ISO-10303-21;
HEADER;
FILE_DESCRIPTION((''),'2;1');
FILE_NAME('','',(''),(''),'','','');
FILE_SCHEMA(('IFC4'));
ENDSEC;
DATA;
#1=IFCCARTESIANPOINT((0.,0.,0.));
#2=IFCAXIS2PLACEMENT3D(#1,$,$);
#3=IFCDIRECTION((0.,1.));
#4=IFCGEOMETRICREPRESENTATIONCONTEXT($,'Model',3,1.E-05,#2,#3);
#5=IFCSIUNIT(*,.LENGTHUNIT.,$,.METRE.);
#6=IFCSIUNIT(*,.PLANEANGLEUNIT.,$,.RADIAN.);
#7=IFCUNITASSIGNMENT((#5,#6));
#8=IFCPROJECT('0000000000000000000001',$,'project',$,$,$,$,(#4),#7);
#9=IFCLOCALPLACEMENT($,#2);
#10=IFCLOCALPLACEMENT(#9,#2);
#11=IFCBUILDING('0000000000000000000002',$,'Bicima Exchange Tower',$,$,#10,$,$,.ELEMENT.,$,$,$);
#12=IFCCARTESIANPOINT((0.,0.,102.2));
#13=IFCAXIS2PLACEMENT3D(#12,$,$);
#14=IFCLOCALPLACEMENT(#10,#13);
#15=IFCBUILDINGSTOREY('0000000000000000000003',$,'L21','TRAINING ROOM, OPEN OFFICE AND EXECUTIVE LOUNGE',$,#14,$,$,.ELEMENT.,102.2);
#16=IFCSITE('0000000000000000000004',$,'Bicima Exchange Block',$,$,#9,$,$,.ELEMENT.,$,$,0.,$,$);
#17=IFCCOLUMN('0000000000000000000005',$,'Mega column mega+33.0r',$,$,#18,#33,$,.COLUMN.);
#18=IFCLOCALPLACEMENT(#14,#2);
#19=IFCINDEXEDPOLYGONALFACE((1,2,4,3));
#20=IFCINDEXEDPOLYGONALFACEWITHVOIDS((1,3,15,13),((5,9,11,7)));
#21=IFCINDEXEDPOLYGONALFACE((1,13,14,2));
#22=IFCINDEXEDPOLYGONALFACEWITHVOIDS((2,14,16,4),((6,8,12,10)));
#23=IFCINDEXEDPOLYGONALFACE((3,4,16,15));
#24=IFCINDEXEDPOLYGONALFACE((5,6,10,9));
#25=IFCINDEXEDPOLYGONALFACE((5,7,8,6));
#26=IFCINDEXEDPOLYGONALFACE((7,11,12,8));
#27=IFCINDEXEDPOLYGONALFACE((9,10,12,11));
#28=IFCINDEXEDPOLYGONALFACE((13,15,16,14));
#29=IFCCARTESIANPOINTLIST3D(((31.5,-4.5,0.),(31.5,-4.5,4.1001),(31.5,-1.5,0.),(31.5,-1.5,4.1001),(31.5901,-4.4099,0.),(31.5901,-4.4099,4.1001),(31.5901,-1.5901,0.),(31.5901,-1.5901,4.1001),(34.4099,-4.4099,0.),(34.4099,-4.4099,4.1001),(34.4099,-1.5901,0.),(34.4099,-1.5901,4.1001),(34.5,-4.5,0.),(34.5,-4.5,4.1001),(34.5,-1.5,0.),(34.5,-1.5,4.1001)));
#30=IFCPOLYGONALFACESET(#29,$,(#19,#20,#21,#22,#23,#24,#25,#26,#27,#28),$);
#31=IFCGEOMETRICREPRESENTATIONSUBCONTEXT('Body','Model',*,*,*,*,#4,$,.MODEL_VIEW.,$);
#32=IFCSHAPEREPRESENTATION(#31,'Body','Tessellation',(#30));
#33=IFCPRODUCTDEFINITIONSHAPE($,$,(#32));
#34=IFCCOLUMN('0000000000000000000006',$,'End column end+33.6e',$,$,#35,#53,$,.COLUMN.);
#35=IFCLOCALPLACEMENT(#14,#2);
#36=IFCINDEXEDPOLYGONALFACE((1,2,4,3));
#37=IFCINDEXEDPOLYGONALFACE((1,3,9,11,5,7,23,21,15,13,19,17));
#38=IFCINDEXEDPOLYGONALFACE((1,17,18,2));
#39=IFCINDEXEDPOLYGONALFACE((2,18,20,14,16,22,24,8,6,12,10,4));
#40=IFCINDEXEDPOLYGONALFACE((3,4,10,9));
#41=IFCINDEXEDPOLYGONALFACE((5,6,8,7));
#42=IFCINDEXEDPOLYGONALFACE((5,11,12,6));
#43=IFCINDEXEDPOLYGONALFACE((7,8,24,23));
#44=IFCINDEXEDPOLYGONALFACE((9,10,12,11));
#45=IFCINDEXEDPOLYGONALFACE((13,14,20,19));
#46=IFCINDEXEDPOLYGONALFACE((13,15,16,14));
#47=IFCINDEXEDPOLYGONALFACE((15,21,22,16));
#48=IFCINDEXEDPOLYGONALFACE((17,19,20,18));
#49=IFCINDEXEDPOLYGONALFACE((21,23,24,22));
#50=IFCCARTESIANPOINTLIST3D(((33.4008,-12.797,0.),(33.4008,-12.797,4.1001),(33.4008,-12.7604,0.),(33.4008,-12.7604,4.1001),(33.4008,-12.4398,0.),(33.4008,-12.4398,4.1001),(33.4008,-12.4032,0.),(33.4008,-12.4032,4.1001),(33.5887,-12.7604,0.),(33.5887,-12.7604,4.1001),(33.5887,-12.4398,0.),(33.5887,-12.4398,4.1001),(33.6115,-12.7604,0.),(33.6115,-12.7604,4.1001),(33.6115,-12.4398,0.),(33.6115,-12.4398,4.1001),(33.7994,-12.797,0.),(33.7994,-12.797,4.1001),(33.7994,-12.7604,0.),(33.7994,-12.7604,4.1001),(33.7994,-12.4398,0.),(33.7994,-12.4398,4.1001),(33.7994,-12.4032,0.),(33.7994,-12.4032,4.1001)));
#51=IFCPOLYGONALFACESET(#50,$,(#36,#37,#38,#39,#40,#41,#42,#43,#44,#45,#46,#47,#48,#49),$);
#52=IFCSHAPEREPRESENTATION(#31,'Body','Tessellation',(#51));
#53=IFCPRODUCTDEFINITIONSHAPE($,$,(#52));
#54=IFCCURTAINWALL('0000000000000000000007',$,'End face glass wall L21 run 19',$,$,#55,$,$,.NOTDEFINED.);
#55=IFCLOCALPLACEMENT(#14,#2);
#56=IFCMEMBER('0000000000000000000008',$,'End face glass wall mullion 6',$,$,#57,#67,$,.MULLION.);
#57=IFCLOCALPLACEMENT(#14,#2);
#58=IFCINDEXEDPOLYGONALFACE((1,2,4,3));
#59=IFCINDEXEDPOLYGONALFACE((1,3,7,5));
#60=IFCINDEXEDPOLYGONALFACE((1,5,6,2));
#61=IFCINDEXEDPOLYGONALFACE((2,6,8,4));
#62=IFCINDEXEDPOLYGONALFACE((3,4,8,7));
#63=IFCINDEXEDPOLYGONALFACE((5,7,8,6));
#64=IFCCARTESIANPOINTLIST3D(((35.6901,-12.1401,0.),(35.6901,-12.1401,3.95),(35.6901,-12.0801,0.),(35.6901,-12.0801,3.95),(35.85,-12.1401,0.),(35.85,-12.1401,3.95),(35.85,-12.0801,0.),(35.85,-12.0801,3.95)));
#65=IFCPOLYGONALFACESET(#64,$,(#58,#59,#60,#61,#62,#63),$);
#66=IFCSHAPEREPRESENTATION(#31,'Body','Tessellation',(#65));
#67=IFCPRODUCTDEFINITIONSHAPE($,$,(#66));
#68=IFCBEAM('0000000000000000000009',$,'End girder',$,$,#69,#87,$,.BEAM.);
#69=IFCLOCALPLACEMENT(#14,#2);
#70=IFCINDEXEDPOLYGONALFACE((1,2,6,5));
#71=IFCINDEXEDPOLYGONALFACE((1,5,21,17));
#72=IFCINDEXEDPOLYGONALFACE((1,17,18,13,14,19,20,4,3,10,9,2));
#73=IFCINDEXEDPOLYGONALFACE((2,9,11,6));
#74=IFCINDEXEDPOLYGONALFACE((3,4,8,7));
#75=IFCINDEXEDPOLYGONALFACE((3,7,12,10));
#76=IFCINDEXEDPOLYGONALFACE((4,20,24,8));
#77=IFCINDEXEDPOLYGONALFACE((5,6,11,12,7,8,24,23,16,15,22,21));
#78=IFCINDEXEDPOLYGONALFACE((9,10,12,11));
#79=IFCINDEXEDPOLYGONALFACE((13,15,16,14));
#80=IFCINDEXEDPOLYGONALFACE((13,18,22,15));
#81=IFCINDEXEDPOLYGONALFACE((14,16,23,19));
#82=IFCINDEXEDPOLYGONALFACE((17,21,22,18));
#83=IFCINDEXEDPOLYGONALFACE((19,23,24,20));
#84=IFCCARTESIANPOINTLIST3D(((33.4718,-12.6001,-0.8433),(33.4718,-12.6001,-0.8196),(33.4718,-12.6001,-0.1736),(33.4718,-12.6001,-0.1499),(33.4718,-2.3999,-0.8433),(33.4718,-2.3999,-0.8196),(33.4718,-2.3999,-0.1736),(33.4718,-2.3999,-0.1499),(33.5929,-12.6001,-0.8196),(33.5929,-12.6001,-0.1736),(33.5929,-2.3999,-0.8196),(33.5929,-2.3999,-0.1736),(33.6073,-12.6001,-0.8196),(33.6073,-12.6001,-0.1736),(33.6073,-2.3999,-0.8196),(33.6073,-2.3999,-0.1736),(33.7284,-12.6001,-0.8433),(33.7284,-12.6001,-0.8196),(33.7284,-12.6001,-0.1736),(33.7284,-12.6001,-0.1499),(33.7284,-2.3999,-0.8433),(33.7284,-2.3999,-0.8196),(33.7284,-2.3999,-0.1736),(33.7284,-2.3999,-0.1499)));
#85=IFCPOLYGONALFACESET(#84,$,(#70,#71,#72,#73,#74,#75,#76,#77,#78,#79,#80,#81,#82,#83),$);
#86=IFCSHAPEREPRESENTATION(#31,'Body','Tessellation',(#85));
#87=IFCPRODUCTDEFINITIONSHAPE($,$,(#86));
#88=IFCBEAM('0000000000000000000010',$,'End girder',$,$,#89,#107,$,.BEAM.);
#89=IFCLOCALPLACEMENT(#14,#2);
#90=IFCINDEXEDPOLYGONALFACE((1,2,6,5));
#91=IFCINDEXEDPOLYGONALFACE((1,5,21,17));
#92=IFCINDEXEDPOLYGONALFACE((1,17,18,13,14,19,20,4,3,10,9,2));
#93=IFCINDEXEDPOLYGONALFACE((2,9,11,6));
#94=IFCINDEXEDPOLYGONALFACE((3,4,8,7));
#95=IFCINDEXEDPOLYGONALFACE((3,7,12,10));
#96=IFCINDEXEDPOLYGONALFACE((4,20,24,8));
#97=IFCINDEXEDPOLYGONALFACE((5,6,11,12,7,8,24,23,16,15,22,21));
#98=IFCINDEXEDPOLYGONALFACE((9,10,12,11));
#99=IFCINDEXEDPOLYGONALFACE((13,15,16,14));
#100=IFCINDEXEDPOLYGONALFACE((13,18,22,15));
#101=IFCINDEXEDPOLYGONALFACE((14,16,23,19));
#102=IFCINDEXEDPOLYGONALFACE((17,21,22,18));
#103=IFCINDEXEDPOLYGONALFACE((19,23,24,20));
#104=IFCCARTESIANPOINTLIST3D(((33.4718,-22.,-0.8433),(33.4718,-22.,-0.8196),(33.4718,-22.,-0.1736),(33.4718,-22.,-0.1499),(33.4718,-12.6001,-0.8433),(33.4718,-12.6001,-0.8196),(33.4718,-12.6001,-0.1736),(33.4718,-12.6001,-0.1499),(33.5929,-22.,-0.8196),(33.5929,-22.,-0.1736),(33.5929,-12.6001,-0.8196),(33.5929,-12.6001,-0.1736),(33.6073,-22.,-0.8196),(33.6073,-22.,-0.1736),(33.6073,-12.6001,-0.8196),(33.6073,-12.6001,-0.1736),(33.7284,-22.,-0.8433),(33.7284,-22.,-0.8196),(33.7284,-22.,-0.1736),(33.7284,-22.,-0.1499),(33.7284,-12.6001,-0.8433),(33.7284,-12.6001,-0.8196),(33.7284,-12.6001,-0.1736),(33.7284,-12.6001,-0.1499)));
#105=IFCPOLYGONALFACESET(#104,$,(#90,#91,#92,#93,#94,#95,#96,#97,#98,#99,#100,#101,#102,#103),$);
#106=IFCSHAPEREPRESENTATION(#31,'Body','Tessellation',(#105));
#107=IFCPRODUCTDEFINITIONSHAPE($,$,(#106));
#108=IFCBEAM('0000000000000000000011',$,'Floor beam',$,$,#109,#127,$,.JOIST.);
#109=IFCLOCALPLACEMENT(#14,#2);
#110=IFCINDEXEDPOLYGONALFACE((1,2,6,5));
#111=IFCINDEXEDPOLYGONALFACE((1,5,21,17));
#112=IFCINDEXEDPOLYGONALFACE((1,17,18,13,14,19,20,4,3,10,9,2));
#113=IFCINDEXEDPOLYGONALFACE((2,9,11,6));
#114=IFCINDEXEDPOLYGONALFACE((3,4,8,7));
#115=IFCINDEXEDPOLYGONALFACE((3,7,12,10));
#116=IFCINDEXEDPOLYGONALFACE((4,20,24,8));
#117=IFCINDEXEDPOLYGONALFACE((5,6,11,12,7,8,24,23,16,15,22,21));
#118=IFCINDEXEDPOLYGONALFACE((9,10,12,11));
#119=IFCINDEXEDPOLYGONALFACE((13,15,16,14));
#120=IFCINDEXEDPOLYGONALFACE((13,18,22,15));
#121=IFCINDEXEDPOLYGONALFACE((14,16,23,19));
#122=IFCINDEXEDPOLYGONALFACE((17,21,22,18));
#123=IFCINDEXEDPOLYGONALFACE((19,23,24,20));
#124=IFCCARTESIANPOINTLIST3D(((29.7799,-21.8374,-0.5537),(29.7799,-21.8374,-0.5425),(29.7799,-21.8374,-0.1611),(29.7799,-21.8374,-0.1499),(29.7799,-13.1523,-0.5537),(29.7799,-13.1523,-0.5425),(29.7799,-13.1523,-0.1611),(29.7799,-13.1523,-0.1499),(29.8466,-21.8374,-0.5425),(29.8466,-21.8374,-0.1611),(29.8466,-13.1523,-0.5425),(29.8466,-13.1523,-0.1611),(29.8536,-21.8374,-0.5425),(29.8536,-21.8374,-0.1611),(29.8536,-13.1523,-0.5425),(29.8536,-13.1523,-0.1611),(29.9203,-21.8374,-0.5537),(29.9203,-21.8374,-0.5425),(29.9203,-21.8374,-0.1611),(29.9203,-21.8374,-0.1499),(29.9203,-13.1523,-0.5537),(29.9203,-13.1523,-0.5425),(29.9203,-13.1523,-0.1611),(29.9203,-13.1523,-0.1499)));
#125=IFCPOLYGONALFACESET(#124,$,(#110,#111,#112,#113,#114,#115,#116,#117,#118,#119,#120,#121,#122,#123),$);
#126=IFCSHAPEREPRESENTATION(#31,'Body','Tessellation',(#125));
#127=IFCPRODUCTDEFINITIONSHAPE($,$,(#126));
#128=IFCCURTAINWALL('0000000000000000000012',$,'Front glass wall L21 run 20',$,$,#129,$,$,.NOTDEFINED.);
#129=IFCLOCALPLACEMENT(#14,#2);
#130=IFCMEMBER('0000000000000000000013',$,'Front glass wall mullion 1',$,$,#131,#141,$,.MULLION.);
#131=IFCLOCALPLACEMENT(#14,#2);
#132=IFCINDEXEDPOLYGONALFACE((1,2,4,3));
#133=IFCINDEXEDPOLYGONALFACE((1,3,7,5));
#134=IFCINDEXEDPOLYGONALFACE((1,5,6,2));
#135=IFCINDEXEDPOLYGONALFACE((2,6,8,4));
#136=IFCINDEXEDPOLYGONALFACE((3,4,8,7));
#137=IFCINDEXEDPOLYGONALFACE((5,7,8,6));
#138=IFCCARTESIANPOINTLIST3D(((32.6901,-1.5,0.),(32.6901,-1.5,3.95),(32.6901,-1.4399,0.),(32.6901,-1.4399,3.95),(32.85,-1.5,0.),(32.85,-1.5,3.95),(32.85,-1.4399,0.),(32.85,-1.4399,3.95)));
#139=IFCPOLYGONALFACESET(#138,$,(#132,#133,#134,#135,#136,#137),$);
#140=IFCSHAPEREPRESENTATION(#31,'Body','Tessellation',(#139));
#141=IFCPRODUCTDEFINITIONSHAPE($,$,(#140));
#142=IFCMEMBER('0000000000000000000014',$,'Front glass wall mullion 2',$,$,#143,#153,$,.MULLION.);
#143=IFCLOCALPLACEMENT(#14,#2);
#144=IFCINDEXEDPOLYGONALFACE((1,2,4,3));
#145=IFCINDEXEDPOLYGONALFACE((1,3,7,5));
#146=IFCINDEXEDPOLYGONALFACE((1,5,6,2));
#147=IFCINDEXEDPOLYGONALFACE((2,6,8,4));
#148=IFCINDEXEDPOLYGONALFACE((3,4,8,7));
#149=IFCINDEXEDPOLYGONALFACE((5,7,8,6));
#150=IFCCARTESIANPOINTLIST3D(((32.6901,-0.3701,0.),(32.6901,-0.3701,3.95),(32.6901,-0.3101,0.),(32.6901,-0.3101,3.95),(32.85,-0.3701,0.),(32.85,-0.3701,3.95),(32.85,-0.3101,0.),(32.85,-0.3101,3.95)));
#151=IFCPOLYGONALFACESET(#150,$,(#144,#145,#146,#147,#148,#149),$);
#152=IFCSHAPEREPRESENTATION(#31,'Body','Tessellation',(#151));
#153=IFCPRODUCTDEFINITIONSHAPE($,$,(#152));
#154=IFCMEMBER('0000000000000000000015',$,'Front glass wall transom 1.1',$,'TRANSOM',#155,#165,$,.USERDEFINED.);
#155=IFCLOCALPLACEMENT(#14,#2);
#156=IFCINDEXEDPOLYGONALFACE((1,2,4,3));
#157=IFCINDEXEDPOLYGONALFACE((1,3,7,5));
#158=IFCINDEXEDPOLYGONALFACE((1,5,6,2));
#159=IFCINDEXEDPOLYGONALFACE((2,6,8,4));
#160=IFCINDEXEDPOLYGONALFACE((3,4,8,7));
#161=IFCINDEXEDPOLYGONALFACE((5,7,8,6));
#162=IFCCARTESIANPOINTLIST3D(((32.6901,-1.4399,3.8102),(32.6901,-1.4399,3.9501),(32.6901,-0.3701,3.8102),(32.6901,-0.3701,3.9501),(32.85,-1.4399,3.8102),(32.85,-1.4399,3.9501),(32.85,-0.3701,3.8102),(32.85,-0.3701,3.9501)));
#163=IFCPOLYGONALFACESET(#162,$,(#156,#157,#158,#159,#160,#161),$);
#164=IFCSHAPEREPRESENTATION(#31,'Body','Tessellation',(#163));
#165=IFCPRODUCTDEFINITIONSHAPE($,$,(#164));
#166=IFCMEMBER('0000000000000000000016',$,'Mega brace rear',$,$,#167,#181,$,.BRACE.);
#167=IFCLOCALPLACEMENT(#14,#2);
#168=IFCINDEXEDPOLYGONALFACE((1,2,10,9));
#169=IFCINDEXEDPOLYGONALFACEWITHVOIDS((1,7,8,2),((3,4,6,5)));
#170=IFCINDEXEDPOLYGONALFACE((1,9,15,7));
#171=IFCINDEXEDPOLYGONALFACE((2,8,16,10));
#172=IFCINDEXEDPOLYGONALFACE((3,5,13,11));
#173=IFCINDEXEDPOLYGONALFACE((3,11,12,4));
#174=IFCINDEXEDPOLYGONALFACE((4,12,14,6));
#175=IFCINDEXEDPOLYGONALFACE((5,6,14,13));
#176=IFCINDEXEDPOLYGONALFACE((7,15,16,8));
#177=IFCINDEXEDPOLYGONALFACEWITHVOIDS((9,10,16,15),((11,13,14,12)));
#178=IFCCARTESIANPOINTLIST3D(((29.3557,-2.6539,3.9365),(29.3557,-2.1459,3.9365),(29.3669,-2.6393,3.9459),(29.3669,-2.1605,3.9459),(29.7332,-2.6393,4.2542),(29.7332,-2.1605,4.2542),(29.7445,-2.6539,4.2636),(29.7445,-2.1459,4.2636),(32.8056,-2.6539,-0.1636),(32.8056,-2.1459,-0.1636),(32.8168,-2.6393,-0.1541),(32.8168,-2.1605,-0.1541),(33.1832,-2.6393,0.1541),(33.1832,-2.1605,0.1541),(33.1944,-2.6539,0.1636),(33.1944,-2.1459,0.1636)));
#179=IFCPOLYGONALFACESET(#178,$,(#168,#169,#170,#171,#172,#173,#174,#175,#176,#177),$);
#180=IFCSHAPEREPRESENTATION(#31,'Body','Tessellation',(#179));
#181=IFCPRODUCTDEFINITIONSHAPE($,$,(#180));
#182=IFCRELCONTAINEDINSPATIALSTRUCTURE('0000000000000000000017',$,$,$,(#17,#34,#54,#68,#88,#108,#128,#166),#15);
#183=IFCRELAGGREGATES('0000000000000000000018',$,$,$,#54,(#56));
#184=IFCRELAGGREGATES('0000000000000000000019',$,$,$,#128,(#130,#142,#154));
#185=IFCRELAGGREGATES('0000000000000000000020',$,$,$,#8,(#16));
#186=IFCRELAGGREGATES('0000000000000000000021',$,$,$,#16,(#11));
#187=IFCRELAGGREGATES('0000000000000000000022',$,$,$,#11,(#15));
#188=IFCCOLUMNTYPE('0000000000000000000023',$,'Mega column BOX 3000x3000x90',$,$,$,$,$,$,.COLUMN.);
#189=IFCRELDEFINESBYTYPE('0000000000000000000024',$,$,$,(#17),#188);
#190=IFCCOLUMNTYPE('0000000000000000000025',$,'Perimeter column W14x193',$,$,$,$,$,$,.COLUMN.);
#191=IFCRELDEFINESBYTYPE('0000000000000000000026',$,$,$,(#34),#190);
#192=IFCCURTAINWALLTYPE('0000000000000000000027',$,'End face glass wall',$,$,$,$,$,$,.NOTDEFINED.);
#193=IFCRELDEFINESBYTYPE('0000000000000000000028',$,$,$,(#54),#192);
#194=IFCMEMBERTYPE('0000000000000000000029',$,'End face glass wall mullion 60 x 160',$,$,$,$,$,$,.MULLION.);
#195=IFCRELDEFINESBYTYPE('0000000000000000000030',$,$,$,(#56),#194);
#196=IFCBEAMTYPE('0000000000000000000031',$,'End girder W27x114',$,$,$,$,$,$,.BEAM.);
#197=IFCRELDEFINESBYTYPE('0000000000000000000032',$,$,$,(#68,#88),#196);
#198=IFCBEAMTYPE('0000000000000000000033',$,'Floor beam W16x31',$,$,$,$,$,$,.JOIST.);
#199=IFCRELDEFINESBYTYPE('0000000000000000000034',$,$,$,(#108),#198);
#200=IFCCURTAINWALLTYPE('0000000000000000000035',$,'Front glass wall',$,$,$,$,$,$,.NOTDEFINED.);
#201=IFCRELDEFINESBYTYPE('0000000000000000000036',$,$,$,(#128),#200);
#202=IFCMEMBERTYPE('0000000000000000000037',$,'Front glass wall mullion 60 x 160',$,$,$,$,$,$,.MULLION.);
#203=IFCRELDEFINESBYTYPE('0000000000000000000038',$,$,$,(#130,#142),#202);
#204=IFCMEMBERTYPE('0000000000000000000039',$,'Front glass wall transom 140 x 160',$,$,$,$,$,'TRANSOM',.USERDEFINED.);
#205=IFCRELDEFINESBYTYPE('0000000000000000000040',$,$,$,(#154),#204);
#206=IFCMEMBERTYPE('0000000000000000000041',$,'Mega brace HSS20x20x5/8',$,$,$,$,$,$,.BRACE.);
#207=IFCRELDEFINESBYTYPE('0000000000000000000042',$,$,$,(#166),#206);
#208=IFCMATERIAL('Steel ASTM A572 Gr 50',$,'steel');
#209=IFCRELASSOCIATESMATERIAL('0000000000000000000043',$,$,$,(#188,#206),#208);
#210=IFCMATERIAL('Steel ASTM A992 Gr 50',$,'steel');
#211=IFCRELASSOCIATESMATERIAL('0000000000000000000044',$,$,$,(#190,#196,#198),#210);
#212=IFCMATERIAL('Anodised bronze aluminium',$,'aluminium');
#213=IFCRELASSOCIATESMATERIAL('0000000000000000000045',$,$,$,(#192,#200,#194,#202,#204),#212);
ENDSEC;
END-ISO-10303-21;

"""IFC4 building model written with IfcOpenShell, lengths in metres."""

from ifc_helpers import new_model, si_unit, direction, frame, origin, origin_2d, place, context, subcontext, project, spatial, rectangle, hollow_rectangle, i_section, extrude, material, material_profile, profile_set, type_object, element, aggregate, save


model = new_model("IFC4")

# Units and contexts
model_context = context("Model", 3, precision=1e-05, world=origin(), true_north=direction((0.0, 1.0)))
body_context = subcontext(model_context, "Body", "Model", "MODEL_VIEW")
ifc_project = project(units=[si_unit("LENGTHUNIT", "METRE"), si_unit("PLANEANGLEUNIT", "RADIAN")], contexts=[model_context])

# Site, building, storey
site_placement = place(None, origin())
site = spatial("IfcSite", under=ifc_project, at=site_placement, Name="Bicima Exchange Block", CompositionType="ELEMENT", RefElevation=0.0)
building_placement = place(site_placement, origin())
building = spatial("IfcBuilding", under=site, at=building_placement, Name="Bicima Exchange Tower", CompositionType="ELEMENT")
storey_placement = place(building_placement, frame((0.0, 0.0, 102.2)))
storey = spatial("IfcBuildingStorey", under=building, at=storey_placement, Name="L21", Description="TRAINING ROOM, OPEN OFFICE AND EXECUTIVE LOUNGE", CompositionType="ELEMENT", Elevation=102.2)

# Columns
ifc_material_1 = material(Name="Steel ASTM A572 Gr 50", Category="steel")
ifc_material_profile_1 = material_profile(ifc_material_1, hollow_rectangle(XDim=3.0, YDim=3.0, WallThickness=0.0901, at=origin_2d()))
ifc_profile_set_1 = profile_set([ifc_material_profile_1], Name="Steel ASTM A572 Gr 50")
column_type_1 = type_object("IfcColumnType", Name="Mega column BOX 3000x3000x90", PredefinedType="COLUMN", material=ifc_profile_set_1)
column_1_placement = place(storey_placement, frame((33.0, -3.0, 0.0), z_axis=(0.0, 0.0, 1.0), x_axis=(1.0, 0.0, 0.0)))
element("IfcColumn", 1, at=column_1_placement, inside=storey, type_object=column_type_1, Name="Mega column mega+33.0r", PredefinedType="COLUMN", context=body_context, shape_type="SweptSolid", body=[
    extrude(hollow_rectangle(XDim=3.0, YDim=3.0, WallThickness=0.0901, at=origin_2d()), origin(), (0.0, 0.0, 1.0), 4.1001),
])
ifc_material_2 = material(Name="Steel ASTM A992 Gr 50", Category="steel")
ifc_material_profile_2 = material_profile(ifc_material_2, i_section(OverallWidth=0.3987, OverallDepth=0.3938, WebThickness=0.0227, FlangeThickness=0.0366, at=origin_2d()))
ifc_profile_set_2 = profile_set([ifc_material_profile_2], Name="Steel ASTM A992 Gr 50")
column_type_2 = type_object("IfcColumnType", Name="Perimeter column W14x193", PredefinedType="COLUMN", material=ifc_profile_set_2)
column_2_placement = place(storey_placement, frame((33.6001, -12.6001, 0.0), z_axis=(0.0, 0.0, 1.0), x_axis=(1.0, 0.0, 0.0)))
element("IfcColumn", 2, at=column_2_placement, inside=storey, type_object=column_type_2, Name="End column end+33.6e", PredefinedType="COLUMN", context=body_context, shape_type="SweptSolid", body=[
    extrude(i_section(OverallWidth=0.3987, OverallDepth=0.3938, WebThickness=0.0227, FlangeThickness=0.0366, at=origin_2d()), origin(), (0.0, 0.0, 1.0), 4.1001),
])

# Curtain wall, member
ifc_material_3 = material(Name="Anodised bronze aluminium", Category="aluminium")
curtain_wall_type_1 = type_object("IfcCurtainWallType", Name="End face glass wall", PredefinedType="NOTDEFINED", material=ifc_material_3)
curtain_wall_1_placement = place(storey_placement, origin())
curtain_wall_1 = element("IfcCurtainWall", 3, at=curtain_wall_1_placement, inside=storey, type_object=curtain_wall_type_1, Name="End face glass wall L21 run 19", PredefinedType="NOTDEFINED")
ifc_material_profile_3 = material_profile(ifc_material_3, rectangle(XDim=0.1599, YDim=0.0601, at=origin_2d()))
ifc_profile_set_3 = profile_set([ifc_material_profile_3], Name="Anodised bronze aluminium")
member_type_1 = type_object("IfcMemberType", Name="End face glass wall mullion 60 x 160", PredefinedType="MULLION", material=ifc_profile_set_3)
member_1_placement = place(storey_placement, frame((35.77, -12.1101, 0.0), z_axis=(0.0, 0.0, 1.0), x_axis=(-1.0, 0.0, 0.0)))
member_1 = element("IfcMember", 4, at=member_1_placement, type_object=member_type_1, Name="End face glass wall mullion 6", PredefinedType="MULLION", context=body_context, shape_type="SweptSolid", body=[
    extrude(rectangle(XDim=0.1599, YDim=0.0601, at=origin_2d()), origin(), (0.0, 0.0, 1.0), 3.95),
])

# Beams
ifc_material_profile_4 = material_profile(ifc_material_2, i_section(OverallWidth=0.2566, OverallDepth=0.6934, WebThickness=0.0144, FlangeThickness=0.0237, at=origin_2d()))
ifc_profile_set_4 = profile_set([ifc_material_profile_4], Name="Steel ASTM A992 Gr 50")
beam_type_1 = type_object("IfcBeamType", Name="End girder W27x114", PredefinedType="BEAM", material=ifc_profile_set_4)
beam_1_placement = place(storey_placement, frame((33.6001, -2.3999, -0.4966), z_axis=(0.0, -1.0, 0.0), x_axis=(1.0, 0.0, 0.0)))
element("IfcBeam", 5, at=beam_1_placement, inside=storey, type_object=beam_type_1, Name="End girder", PredefinedType="BEAM", context=body_context, shape_type="SweptSolid", body=[
    extrude(i_section(OverallWidth=0.2566, OverallDepth=0.6934, WebThickness=0.0144, FlangeThickness=0.0237, at=origin_2d()), origin(), (0.0, 0.0, 1.0), 10.2002),
])
beam_2_placement = place(storey_placement, frame((33.6001, -12.6001, -0.4966), z_axis=(0.0, -1.0, 0.0), x_axis=(1.0, 0.0, 0.0)))
element("IfcBeam", 6, at=beam_2_placement, inside=storey, type_object=beam_type_1, Name="End girder", PredefinedType="BEAM", context=body_context, shape_type="SweptSolid", body=[
    extrude(i_section(OverallWidth=0.2566, OverallDepth=0.6934, WebThickness=0.0144, FlangeThickness=0.0237, at=origin_2d()), origin(), (0.0, 0.0, 1.0), 9.3999),
])
ifc_material_profile_5 = material_profile(ifc_material_2, i_section(OverallWidth=0.1404, OverallDepth=0.4038, WebThickness=0.0071, FlangeThickness=0.0112, at=origin_2d()))
ifc_profile_set_5 = profile_set([ifc_material_profile_5], Name="Steel ASTM A992 Gr 50")
beam_type_2 = type_object("IfcBeamType", Name="Floor beam W16x31", PredefinedType="JOIST", material=ifc_profile_set_5)
beam_3_placement = place(storey_placement, frame((29.8501, -13.1523, -0.3518), z_axis=(0.0, -1.0, 0.0), x_axis=(1.0, 0.0, 0.0)))
element("IfcBeam", 7, at=beam_3_placement, inside=storey, type_object=beam_type_2, Name="Floor beam", PredefinedType="JOIST", context=body_context, shape_type="SweptSolid", body=[
    extrude(i_section(OverallWidth=0.1404, OverallDepth=0.4038, WebThickness=0.0071, FlangeThickness=0.0112, at=origin_2d()), origin(), (0.0, 0.0, 1.0), 8.6851),
])

# Curtain wall, members
curtain_wall_type_2 = type_object("IfcCurtainWallType", Name="Front glass wall", PredefinedType="NOTDEFINED", material=ifc_material_3)
curtain_wall_2_placement = place(storey_placement, origin())
curtain_wall_2 = element("IfcCurtainWall", 8, at=curtain_wall_2_placement, inside=storey, type_object=curtain_wall_type_2, Name="Front glass wall L21 run 20", PredefinedType="NOTDEFINED")
member_type_2 = type_object("IfcMemberType", Name="Front glass wall mullion 60 x 160", PredefinedType="MULLION", material=ifc_profile_set_3)
member_2_placement = place(storey_placement, frame((32.77, -1.47, 0.0), z_axis=(0.0, 0.0, 1.0), x_axis=(-1.0, 0.0, 0.0)))
member_2 = element("IfcMember", 9, at=member_2_placement, type_object=member_type_2, Name="Front glass wall mullion 1", PredefinedType="MULLION", context=body_context, shape_type="SweptSolid", body=[
    extrude(rectangle(XDim=0.1599, YDim=0.0601, at=origin_2d()), origin(), (0.0, 0.0, 1.0), 3.95),
])
member_3_placement = place(storey_placement, frame((32.77, -0.3401, 0.0), z_axis=(0.0, 0.0, 1.0), x_axis=(-1.0, 0.0, 0.0)))
member_3 = element("IfcMember", 10, at=member_3_placement, type_object=member_type_2, Name="Front glass wall mullion 2", PredefinedType="MULLION", context=body_context, shape_type="SweptSolid", body=[
    extrude(rectangle(XDim=0.1599, YDim=0.0601, at=origin_2d()), origin(), (0.0, 0.0, 1.0), 3.95),
])
ifc_material_profile_6 = material_profile(ifc_material_3, rectangle(XDim=0.1599, YDim=0.1399, at=origin_2d()))
ifc_profile_set_6 = profile_set([ifc_material_profile_6], Name="Anodised bronze aluminium")
member_type_3 = type_object("IfcMemberType", Name="Front glass wall transom 140 x 160", ElementType="TRANSOM", PredefinedType="USERDEFINED", material=ifc_profile_set_6)
member_4_placement = place(storey_placement, frame((32.77, -1.4399, 3.8801), z_axis=(0.0, 1.0, 0.0), x_axis=(-1.0, 0.0, 0.0)))
member_4 = element("IfcMember", 11, at=member_4_placement, type_object=member_type_3, Name="Front glass wall transom 1.1", ObjectType="TRANSOM", PredefinedType="USERDEFINED", context=body_context, shape_type="SweptSolid", body=[
    extrude(rectangle(XDim=0.1599, YDim=0.1399, at=origin_2d()), origin(), (0.0, 0.0, 1.0), 1.0698),
])

# Member
ifc_material_profile_7 = material_profile(ifc_material_1, hollow_rectangle(XDim=0.5081, YDim=0.5081, WallThickness=0.0146, at=origin_2d()))
ifc_profile_set_7 = profile_set([ifc_material_profile_7], Name="Steel ASTM A572 Gr 50")
member_type_4 = type_object("IfcMemberType", Name="Mega brace HSS20x20x5/8", PredefinedType="BRACE", material=ifc_profile_set_7)
member_5_placement = place(storey_placement, frame((33.0, -2.3999, 0.0), z_axis=(-0.643834, 0.0, 0.765165), x_axis=(0.0, -1.0, 0.0)))
element("IfcMember", 12, at=member_5_placement, inside=storey, type_object=member_type_4, Name="Mega brace rear", PredefinedType="BRACE", context=body_context, shape_type="SweptSolid", body=[
    extrude(hollow_rectangle(XDim=0.5081, YDim=0.5081, WallThickness=0.0146, at=origin_2d()), origin(), (0.0, 0.0, 1.0), 5.3584),
])

aggregate(curtain_wall_1, [member_1])
aggregate(curtain_wall_2, [member_2, member_3, member_4])

save(model, "model.ifc")
